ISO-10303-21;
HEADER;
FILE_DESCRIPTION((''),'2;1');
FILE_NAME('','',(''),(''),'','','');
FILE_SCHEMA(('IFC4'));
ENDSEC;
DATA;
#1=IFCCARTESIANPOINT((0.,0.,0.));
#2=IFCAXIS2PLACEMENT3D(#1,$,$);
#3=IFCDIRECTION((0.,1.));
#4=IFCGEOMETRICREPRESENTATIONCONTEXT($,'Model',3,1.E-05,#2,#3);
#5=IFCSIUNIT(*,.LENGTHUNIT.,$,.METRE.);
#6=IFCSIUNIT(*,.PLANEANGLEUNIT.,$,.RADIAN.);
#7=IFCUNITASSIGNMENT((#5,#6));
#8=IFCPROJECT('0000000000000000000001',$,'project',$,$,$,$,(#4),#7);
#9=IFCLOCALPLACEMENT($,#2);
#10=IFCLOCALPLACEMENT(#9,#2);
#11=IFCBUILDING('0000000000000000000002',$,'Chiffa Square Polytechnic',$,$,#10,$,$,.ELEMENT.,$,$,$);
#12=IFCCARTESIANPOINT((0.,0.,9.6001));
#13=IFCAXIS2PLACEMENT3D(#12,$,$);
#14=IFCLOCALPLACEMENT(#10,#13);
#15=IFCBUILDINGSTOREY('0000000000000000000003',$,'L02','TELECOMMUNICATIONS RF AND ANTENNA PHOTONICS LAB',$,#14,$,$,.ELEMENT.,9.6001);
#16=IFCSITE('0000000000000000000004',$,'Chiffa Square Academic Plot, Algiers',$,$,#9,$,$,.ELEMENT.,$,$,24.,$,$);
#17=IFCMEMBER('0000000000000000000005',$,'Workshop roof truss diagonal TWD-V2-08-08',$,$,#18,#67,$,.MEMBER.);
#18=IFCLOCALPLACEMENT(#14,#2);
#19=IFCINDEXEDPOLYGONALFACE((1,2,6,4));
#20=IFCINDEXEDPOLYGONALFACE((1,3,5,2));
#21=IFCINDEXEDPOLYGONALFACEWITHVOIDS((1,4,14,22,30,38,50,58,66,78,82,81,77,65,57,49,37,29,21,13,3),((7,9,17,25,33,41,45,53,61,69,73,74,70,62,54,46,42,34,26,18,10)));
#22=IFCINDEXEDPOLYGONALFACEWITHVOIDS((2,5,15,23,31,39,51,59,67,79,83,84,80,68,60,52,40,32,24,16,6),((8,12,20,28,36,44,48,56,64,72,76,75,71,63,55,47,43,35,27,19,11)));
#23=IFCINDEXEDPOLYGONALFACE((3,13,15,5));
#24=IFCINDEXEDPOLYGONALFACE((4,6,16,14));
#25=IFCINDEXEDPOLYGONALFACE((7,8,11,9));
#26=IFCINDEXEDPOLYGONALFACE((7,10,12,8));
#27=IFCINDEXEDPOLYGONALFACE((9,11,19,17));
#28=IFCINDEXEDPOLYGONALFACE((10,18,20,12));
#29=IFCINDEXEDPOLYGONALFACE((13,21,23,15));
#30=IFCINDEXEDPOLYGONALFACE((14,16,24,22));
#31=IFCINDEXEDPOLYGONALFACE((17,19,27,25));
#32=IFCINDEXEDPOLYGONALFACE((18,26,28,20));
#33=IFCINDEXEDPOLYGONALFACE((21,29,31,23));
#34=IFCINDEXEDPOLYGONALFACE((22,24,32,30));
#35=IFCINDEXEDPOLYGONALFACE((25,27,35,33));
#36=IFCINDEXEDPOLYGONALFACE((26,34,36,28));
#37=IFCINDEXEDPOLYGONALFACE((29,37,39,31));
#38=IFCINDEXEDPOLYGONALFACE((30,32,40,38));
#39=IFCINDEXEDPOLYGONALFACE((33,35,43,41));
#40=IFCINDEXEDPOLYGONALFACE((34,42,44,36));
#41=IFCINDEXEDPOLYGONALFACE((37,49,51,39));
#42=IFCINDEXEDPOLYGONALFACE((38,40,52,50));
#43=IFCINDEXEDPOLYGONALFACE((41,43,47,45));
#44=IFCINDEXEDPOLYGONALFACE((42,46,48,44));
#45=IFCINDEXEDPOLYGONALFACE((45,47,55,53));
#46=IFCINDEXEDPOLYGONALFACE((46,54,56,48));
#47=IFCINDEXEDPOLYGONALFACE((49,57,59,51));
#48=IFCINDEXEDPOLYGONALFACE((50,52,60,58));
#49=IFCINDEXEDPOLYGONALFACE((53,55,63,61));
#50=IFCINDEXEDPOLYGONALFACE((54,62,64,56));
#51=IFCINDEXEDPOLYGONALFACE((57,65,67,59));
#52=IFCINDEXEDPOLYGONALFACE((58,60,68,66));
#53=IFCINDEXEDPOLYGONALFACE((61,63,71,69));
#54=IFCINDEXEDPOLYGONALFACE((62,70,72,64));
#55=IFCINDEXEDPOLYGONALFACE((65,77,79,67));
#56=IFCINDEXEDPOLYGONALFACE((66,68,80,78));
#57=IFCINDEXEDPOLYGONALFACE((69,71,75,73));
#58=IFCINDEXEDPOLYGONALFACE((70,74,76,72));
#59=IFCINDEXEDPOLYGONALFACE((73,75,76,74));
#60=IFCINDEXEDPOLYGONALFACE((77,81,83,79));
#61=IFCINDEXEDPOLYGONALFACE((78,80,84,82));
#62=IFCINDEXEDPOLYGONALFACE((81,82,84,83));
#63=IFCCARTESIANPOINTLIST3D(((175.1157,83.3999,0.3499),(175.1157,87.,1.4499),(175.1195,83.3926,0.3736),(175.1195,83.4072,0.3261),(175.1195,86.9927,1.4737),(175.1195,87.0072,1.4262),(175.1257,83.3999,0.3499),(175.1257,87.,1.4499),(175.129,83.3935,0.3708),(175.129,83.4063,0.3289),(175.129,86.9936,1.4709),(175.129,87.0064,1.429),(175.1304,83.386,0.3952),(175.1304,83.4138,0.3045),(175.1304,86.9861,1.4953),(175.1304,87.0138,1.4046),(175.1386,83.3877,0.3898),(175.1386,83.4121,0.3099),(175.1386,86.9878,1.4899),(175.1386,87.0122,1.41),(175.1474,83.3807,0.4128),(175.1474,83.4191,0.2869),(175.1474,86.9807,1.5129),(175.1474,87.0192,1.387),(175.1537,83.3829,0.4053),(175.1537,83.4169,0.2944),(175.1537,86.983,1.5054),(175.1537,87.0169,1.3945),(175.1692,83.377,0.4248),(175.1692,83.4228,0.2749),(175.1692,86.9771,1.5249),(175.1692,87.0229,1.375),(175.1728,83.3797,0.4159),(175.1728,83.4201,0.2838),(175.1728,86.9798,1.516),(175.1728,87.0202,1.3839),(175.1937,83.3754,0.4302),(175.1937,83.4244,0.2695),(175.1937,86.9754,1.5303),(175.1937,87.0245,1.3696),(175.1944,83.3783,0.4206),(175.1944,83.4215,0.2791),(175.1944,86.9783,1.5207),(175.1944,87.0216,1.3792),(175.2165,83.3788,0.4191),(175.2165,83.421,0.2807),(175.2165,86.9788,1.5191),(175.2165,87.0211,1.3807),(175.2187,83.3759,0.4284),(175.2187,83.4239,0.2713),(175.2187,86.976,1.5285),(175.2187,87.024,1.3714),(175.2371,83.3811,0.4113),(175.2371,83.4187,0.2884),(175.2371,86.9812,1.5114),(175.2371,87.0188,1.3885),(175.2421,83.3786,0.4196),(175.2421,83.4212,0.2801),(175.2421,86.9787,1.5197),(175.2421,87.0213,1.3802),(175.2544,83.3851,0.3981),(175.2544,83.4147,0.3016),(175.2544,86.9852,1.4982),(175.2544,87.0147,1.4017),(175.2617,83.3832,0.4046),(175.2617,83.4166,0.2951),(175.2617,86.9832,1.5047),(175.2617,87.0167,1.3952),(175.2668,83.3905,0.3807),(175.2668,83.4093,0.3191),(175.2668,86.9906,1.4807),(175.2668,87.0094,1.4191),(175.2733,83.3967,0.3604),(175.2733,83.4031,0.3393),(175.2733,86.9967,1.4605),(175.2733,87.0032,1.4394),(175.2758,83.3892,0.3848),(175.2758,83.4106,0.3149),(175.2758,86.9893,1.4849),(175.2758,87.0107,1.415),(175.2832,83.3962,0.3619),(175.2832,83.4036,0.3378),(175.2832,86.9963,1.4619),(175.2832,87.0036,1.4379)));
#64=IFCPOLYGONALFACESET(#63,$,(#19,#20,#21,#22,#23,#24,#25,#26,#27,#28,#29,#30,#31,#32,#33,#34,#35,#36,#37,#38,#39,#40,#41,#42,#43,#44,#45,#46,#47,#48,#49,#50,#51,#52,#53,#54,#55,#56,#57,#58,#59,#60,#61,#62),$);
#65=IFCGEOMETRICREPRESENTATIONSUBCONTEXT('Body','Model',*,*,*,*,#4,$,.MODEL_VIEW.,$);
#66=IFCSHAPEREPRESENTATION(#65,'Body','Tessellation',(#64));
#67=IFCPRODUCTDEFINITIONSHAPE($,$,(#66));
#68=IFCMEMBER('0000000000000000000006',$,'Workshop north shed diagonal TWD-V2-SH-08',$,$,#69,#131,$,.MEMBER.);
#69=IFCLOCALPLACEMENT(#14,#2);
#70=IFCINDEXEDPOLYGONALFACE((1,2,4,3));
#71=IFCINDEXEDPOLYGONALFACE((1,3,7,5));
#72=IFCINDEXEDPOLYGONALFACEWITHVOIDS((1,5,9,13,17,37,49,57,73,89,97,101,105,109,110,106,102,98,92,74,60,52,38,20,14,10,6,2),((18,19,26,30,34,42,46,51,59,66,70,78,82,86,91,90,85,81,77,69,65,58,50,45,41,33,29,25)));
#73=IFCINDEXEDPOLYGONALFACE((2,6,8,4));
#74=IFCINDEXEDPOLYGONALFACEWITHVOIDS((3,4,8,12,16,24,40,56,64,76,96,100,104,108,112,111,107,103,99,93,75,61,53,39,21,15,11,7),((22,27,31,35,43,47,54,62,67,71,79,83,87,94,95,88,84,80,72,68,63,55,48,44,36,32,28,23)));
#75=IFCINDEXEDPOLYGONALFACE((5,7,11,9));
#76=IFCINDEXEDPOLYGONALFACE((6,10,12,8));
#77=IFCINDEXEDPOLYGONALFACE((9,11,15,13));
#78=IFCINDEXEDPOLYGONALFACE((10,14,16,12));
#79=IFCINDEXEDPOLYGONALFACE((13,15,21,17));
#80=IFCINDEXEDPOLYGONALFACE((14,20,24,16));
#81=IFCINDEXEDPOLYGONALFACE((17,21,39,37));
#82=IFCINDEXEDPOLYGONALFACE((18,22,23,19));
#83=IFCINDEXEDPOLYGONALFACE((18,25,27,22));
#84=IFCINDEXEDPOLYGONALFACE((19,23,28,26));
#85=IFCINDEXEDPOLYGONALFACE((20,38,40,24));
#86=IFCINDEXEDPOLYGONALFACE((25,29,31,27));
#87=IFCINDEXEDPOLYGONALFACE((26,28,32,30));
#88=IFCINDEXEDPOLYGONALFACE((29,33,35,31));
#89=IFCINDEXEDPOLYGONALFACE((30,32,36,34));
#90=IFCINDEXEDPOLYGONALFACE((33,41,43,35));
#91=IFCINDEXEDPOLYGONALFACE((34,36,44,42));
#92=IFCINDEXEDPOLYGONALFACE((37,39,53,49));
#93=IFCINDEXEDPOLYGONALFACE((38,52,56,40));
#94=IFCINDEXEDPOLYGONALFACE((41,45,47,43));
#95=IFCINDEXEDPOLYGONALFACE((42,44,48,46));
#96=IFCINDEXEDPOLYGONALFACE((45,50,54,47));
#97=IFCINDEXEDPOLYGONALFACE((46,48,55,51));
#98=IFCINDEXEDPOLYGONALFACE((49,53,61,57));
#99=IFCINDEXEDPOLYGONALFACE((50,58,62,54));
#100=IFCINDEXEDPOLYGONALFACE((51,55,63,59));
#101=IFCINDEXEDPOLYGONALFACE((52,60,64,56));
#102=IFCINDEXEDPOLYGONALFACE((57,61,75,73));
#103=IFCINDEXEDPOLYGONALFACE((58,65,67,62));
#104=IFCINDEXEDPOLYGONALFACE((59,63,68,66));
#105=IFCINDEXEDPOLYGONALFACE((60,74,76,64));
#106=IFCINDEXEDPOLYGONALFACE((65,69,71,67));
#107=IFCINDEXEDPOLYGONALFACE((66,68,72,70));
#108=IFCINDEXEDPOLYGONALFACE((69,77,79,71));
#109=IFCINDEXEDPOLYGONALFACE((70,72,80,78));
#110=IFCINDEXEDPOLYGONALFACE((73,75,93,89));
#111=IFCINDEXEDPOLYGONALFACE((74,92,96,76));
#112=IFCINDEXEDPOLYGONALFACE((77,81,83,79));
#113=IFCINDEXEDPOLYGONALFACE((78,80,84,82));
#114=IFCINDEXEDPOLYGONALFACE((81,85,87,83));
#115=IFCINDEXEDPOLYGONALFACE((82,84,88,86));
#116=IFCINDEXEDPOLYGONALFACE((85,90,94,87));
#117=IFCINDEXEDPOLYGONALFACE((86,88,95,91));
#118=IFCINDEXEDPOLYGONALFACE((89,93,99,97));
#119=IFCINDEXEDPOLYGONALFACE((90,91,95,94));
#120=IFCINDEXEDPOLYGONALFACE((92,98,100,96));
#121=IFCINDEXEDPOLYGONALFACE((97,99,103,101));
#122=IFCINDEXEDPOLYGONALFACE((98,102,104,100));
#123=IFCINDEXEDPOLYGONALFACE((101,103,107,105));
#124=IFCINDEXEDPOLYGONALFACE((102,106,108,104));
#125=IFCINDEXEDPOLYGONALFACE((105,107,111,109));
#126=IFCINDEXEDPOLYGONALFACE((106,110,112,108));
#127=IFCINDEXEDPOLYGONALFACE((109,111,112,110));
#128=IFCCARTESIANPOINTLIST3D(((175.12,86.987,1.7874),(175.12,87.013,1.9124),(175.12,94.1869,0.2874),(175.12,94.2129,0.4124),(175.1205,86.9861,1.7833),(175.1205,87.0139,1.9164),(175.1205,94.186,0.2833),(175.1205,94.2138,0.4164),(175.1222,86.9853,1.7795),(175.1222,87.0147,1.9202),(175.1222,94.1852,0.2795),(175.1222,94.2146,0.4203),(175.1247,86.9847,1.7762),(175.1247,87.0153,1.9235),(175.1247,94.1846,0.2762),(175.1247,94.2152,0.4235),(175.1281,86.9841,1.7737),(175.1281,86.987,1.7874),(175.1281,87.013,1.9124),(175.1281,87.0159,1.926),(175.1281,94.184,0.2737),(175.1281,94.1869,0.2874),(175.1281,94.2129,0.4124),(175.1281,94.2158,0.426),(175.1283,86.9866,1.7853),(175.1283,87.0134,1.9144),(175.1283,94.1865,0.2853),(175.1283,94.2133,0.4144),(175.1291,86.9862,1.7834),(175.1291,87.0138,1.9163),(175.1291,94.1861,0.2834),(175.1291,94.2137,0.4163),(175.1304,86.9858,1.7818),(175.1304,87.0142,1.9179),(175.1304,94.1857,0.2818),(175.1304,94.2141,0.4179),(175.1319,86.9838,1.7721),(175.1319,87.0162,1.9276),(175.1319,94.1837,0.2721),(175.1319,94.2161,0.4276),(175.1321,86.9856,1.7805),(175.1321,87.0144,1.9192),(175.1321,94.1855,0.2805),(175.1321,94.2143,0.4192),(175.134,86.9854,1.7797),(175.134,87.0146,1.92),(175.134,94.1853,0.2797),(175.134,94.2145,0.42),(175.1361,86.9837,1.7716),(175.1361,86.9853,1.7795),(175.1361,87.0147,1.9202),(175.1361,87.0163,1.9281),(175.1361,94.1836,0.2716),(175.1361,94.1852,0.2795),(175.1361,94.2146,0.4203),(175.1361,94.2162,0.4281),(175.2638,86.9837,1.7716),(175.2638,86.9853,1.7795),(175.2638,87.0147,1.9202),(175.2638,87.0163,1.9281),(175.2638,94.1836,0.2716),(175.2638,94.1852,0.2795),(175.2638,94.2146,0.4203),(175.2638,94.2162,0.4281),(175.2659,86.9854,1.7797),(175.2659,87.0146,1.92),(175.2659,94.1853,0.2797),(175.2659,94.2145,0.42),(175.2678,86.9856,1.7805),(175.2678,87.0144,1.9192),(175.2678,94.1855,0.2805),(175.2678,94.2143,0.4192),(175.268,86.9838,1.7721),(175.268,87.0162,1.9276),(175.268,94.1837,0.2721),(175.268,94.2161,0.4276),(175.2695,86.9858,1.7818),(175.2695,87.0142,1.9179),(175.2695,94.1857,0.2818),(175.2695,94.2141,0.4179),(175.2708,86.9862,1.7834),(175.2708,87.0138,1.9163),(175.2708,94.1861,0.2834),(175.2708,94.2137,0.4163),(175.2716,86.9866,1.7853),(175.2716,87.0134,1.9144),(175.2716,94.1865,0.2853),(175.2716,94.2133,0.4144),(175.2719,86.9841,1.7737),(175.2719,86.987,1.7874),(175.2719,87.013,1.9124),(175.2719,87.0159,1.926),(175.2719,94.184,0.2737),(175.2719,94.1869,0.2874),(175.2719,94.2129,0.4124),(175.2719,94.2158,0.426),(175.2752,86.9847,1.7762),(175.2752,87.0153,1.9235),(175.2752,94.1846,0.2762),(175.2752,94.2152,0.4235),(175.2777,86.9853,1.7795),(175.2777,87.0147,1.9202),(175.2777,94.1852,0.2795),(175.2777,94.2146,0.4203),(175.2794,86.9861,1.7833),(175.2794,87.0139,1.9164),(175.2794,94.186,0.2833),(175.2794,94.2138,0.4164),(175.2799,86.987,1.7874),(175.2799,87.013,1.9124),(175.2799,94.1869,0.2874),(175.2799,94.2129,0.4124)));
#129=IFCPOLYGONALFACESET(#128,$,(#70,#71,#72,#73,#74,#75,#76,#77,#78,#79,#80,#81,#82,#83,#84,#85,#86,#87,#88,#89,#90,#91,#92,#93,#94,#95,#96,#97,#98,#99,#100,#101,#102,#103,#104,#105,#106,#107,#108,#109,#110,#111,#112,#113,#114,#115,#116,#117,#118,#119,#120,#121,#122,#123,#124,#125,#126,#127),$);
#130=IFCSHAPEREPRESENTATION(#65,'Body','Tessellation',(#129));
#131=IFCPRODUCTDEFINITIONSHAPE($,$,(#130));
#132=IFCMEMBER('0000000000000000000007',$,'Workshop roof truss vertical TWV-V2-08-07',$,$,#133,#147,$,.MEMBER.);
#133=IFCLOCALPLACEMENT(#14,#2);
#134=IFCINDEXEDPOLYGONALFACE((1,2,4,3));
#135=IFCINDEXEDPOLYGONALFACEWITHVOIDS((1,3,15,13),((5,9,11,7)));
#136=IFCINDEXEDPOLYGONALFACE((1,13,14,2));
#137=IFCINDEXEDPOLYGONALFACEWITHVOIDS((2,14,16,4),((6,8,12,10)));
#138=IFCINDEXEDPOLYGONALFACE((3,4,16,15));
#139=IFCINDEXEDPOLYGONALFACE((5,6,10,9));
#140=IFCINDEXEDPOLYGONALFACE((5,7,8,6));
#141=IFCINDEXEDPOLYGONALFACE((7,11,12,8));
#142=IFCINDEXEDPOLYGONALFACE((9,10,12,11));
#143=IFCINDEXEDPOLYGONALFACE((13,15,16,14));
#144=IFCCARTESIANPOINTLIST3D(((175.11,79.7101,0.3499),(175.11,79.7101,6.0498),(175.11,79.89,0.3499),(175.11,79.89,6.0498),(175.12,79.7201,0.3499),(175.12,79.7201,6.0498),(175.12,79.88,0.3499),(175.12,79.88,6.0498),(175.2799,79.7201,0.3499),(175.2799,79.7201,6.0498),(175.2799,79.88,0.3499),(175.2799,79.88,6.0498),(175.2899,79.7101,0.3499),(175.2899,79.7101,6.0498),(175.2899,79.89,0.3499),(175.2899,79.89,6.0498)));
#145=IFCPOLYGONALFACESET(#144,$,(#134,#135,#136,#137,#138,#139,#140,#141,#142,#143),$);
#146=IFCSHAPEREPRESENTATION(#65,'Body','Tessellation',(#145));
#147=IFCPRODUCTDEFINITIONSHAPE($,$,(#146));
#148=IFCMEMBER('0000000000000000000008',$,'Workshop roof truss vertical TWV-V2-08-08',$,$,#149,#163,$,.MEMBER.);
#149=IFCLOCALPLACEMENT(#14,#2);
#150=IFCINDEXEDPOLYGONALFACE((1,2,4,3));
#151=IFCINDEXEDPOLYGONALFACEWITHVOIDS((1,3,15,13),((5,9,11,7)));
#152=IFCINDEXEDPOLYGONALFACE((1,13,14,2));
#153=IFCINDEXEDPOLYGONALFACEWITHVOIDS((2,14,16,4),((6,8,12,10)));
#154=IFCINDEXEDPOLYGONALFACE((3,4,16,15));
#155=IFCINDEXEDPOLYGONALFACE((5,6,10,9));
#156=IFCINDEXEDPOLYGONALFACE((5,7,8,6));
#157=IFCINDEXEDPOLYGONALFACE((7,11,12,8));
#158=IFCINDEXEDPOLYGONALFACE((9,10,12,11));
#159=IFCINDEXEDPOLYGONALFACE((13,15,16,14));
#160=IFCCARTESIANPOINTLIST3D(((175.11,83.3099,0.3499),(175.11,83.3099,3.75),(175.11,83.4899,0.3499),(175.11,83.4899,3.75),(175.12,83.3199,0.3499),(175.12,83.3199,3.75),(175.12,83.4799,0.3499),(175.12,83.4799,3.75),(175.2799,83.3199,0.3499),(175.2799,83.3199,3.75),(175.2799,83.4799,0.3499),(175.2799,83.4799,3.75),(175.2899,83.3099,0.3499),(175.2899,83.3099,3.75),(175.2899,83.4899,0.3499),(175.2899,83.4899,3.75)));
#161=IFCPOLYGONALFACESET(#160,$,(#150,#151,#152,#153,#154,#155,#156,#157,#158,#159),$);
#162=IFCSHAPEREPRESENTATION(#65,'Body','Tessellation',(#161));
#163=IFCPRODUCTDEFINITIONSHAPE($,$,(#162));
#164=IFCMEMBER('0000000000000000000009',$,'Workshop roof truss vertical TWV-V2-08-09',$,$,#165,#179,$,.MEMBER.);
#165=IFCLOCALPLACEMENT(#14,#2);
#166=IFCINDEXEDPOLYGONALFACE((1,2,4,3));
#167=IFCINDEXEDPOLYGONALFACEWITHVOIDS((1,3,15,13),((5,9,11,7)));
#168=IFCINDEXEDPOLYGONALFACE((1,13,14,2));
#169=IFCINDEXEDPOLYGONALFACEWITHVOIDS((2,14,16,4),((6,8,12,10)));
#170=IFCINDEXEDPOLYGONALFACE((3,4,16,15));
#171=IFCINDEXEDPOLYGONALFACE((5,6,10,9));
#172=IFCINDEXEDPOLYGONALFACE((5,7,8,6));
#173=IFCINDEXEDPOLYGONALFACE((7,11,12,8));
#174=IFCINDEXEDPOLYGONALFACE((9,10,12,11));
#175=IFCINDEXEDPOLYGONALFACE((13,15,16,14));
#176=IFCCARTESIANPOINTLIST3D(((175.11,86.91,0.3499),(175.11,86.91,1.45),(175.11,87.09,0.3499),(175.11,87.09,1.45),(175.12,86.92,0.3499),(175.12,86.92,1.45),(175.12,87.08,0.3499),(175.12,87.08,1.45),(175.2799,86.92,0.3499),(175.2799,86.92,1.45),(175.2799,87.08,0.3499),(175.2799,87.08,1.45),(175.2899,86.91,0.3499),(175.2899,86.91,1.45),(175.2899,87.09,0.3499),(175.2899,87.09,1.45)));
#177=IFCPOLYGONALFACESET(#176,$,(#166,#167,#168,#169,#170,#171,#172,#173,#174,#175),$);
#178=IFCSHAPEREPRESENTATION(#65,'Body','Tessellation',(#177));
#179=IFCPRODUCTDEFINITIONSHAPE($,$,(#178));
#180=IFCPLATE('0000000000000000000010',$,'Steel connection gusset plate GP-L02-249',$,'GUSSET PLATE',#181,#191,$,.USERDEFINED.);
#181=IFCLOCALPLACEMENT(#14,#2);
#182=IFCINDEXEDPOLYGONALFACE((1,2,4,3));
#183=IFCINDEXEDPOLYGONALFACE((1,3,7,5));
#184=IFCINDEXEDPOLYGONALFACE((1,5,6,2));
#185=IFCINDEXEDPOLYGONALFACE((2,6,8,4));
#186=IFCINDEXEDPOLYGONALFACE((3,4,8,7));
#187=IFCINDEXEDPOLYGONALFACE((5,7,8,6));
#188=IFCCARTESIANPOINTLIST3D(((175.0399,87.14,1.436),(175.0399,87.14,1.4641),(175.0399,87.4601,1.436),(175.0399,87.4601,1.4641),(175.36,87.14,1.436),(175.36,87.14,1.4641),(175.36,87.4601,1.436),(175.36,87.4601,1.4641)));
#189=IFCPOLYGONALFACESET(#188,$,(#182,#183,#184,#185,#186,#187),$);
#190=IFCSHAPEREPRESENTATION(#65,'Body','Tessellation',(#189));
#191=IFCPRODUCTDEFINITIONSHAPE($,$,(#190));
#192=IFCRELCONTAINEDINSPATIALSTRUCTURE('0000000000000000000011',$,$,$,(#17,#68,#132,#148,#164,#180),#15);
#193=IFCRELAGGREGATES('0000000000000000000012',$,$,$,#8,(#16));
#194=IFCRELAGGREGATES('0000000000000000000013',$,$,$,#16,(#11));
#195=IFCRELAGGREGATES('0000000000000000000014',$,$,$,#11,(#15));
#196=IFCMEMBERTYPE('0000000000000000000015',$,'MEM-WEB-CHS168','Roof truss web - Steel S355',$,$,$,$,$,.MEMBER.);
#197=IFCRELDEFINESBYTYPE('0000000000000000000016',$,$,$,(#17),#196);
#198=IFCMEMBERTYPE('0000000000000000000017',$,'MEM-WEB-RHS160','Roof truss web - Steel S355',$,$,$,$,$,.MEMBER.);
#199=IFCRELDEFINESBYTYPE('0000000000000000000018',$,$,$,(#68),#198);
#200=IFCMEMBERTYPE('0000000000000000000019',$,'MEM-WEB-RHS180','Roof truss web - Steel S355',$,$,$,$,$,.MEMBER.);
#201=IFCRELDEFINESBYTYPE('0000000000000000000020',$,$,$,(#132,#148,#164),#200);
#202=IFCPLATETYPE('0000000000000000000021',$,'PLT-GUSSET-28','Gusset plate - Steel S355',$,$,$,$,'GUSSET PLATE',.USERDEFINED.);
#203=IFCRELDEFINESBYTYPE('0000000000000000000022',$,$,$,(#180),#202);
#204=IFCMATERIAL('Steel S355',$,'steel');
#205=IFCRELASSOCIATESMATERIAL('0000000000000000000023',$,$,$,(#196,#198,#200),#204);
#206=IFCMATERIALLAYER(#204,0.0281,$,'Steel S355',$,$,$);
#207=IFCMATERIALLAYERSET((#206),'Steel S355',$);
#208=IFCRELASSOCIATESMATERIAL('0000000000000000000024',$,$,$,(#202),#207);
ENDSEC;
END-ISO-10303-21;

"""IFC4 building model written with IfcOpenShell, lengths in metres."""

from ifc_helpers import new_model, si_unit, direction, frame, origin, origin_2d, place, context, subcontext, project, spatial, rectangle, hollow_rectangle, hollow_circle, extrude, material, layer, layer_set, material_profile, profile_set, type_object, element, save


model = new_model("IFC4")

# Units and contexts
model_context = context("Model", 3, precision=1e-05, world=origin(), true_north=direction((0.0, 1.0)))
body_context = subcontext(model_context, "Body", "Model", "MODEL_VIEW")
ifc_project = project(units=[si_unit("LENGTHUNIT", "METRE"), si_unit("PLANEANGLEUNIT", "RADIAN")], contexts=[model_context])

# Site, building, storey
site_placement = place(None, origin())
site = spatial("IfcSite", under=ifc_project, at=site_placement, Name="Chiffa Square Academic Plot, Algiers", CompositionType="ELEMENT", RefElevation=24.0)
building_placement = place(site_placement, origin())
building = spatial("IfcBuilding", under=site, at=building_placement, Name="Chiffa Square Polytechnic", CompositionType="ELEMENT")
storey_placement = place(building_placement, frame((0.0, 0.0, 9.6001)))
storey = spatial("IfcBuildingStorey", under=building, at=storey_placement, Name="L02", Description="TELECOMMUNICATIONS RF AND ANTENNA PHOTONICS LAB", CompositionType="ELEMENT", Elevation=9.6001)

# Shared definitions
ifc_material_1 = material(Name="Steel S355", Category="steel")

# Members
ifc_material_profile_1 = material_profile(ifc_material_1, hollow_circle(Radius=0.0842, WallThickness=0.01, at=origin_2d()), Name="CHS 168.3x10")
ifc_profile_set_1 = profile_set([ifc_material_profile_1], Name="Steel S355")
member_type_1 = type_object("IfcMemberType", Name="MEM-WEB-CHS168", Description="Roof truss web - Steel S355", PredefinedType="MEMBER", material=ifc_profile_set_1)
member_1_placement = place(storey_placement, frame((175.2, 83.3999, 0.3499), z_axis=(0.0, 0.956347, 0.292235), x_axis=(-1.0, 0.0, 0.0)))
element("IfcMember", 1, at=member_1_placement, inside=storey, type_object=member_type_1, Name="Workshop roof truss diagonal TWD-V2-08-08", PredefinedType="MEMBER", context=body_context, shape_type="SweptSolid", body=[
    extrude(hollow_circle(Radius=0.0842, WallThickness=0.01, at=origin_2d()), origin(), (0.0, 0.0, 1.0), 3.7644),
])
ifc_material_profile_2 = material_profile(ifc_material_1, hollow_rectangle(XDim=0.1599, YDim=0.1599, WallThickness=0.0081, InnerFilletRadius=0.0081, OuterFilletRadius=0.0161, at=origin_2d()), Name="RHS 160x160x8")
ifc_profile_set_2 = profile_set([ifc_material_profile_2], Name="Steel S355")
member_type_2 = type_object("IfcMemberType", Name="MEM-WEB-RHS160", Description="Roof truss web - Steel S355", PredefinedType="MEMBER", material=ifc_profile_set_2)
member_2_placement = place(storey_placement, frame((175.2, 87.0, 1.8499), z_axis=(0.0, 0.97898, -0.203956), x_axis=(-1.0, 0.0, 0.0)))
element("IfcMember", 2, at=member_2_placement, inside=storey, type_object=member_type_2, Name="Workshop north shed diagonal TWD-V2-SH-08", PredefinedType="MEMBER", context=body_context, shape_type="SweptSolid", body=[
    extrude(hollow_rectangle(XDim=0.1599, YDim=0.1599, WallThickness=0.0081, InnerFilletRadius=0.0081, OuterFilletRadius=0.0161, at=origin_2d()), origin(), (0.0, 0.0, 1.0), 7.3545),
])
ifc_material_profile_3 = material_profile(ifc_material_1, hollow_rectangle(XDim=0.1799, YDim=0.1799, WallThickness=0.01, at=origin_2d()), Name="RHS 180x180x10")
ifc_profile_set_3 = profile_set([ifc_material_profile_3], Name="Steel S355")
member_type_3 = type_object("IfcMemberType", Name="MEM-WEB-RHS180", Description="Roof truss web - Steel S355", PredefinedType="MEMBER", material=ifc_profile_set_3)
member_3_placement = place(storey_placement, frame((175.2, 79.8, 0.3499), z_axis=(0.0, 0.0, 1.0), x_axis=(1.0, 0.0, 0.0)))
element("IfcMember", 3, at=member_3_placement, inside=storey, type_object=member_type_3, Name="Workshop roof truss vertical TWV-V2-08-07", PredefinedType="MEMBER", context=body_context, shape_type="SweptSolid", body=[
    extrude(hollow_rectangle(XDim=0.1799, YDim=0.1799, WallThickness=0.01, at=origin_2d()), origin(), (0.0, 0.0, 1.0), 5.7),
])
member_4_placement = place(storey_placement, frame((175.2, 83.3999, 0.3499), z_axis=(0.0, 0.0, 1.0), x_axis=(1.0, 0.0, 0.0)))
element("IfcMember", 4, at=member_4_placement, inside=storey, type_object=member_type_3, Name="Workshop roof truss vertical TWV-V2-08-08", PredefinedType="MEMBER", context=body_context, shape_type="SweptSolid", body=[
    extrude(hollow_rectangle(XDim=0.1799, YDim=0.1799, WallThickness=0.01, at=origin_2d()), origin(), (0.0, 0.0, 1.0), 3.4001),
])
member_5_placement = place(storey_placement, frame((175.2, 87.0, 0.3499), z_axis=(0.0, 0.0, 1.0), x_axis=(1.0, 0.0, 0.0)))
element("IfcMember", 5, at=member_5_placement, inside=storey, type_object=member_type_3, Name="Workshop roof truss vertical TWV-V2-08-09", PredefinedType="MEMBER", context=body_context, shape_type="SweptSolid", body=[
    extrude(hollow_rectangle(XDim=0.1799, YDim=0.1799, WallThickness=0.01, at=origin_2d()), origin(), (0.0, 0.0, 1.0), 1.1001),
])

# Plate
ifc_layer_1 = layer(ifc_material_1, 0.0281, Name="Steel S355")
ifc_layer_set_1 = layer_set([ifc_layer_1], Name="Steel S355")
plate_type_1 = type_object("IfcPlateType", Name="PLT-GUSSET-28", Description="Gusset plate - Steel S355", ElementType="GUSSET PLATE", PredefinedType="USERDEFINED", material=ifc_layer_set_1)
plate_placement = place(storey_placement, frame((175.2, 87.3, 1.436), z_axis=(0.0, 0.0, 1.0), x_axis=(1.0, 0.0, 0.0)))
element("IfcPlate", 6, at=plate_placement, inside=storey, type_object=plate_type_1, Name="Steel connection gusset plate GP-L02-249", ObjectType="GUSSET PLATE", PredefinedType="USERDEFINED", context=body_context, shape_type="SweptSolid", body=[
    extrude(rectangle(XDim=0.3201, YDim=0.3201, at=origin_2d()), origin(), (0.0, 0.0, 1.0), 0.0281),
])

save(model, "model.ifc")
